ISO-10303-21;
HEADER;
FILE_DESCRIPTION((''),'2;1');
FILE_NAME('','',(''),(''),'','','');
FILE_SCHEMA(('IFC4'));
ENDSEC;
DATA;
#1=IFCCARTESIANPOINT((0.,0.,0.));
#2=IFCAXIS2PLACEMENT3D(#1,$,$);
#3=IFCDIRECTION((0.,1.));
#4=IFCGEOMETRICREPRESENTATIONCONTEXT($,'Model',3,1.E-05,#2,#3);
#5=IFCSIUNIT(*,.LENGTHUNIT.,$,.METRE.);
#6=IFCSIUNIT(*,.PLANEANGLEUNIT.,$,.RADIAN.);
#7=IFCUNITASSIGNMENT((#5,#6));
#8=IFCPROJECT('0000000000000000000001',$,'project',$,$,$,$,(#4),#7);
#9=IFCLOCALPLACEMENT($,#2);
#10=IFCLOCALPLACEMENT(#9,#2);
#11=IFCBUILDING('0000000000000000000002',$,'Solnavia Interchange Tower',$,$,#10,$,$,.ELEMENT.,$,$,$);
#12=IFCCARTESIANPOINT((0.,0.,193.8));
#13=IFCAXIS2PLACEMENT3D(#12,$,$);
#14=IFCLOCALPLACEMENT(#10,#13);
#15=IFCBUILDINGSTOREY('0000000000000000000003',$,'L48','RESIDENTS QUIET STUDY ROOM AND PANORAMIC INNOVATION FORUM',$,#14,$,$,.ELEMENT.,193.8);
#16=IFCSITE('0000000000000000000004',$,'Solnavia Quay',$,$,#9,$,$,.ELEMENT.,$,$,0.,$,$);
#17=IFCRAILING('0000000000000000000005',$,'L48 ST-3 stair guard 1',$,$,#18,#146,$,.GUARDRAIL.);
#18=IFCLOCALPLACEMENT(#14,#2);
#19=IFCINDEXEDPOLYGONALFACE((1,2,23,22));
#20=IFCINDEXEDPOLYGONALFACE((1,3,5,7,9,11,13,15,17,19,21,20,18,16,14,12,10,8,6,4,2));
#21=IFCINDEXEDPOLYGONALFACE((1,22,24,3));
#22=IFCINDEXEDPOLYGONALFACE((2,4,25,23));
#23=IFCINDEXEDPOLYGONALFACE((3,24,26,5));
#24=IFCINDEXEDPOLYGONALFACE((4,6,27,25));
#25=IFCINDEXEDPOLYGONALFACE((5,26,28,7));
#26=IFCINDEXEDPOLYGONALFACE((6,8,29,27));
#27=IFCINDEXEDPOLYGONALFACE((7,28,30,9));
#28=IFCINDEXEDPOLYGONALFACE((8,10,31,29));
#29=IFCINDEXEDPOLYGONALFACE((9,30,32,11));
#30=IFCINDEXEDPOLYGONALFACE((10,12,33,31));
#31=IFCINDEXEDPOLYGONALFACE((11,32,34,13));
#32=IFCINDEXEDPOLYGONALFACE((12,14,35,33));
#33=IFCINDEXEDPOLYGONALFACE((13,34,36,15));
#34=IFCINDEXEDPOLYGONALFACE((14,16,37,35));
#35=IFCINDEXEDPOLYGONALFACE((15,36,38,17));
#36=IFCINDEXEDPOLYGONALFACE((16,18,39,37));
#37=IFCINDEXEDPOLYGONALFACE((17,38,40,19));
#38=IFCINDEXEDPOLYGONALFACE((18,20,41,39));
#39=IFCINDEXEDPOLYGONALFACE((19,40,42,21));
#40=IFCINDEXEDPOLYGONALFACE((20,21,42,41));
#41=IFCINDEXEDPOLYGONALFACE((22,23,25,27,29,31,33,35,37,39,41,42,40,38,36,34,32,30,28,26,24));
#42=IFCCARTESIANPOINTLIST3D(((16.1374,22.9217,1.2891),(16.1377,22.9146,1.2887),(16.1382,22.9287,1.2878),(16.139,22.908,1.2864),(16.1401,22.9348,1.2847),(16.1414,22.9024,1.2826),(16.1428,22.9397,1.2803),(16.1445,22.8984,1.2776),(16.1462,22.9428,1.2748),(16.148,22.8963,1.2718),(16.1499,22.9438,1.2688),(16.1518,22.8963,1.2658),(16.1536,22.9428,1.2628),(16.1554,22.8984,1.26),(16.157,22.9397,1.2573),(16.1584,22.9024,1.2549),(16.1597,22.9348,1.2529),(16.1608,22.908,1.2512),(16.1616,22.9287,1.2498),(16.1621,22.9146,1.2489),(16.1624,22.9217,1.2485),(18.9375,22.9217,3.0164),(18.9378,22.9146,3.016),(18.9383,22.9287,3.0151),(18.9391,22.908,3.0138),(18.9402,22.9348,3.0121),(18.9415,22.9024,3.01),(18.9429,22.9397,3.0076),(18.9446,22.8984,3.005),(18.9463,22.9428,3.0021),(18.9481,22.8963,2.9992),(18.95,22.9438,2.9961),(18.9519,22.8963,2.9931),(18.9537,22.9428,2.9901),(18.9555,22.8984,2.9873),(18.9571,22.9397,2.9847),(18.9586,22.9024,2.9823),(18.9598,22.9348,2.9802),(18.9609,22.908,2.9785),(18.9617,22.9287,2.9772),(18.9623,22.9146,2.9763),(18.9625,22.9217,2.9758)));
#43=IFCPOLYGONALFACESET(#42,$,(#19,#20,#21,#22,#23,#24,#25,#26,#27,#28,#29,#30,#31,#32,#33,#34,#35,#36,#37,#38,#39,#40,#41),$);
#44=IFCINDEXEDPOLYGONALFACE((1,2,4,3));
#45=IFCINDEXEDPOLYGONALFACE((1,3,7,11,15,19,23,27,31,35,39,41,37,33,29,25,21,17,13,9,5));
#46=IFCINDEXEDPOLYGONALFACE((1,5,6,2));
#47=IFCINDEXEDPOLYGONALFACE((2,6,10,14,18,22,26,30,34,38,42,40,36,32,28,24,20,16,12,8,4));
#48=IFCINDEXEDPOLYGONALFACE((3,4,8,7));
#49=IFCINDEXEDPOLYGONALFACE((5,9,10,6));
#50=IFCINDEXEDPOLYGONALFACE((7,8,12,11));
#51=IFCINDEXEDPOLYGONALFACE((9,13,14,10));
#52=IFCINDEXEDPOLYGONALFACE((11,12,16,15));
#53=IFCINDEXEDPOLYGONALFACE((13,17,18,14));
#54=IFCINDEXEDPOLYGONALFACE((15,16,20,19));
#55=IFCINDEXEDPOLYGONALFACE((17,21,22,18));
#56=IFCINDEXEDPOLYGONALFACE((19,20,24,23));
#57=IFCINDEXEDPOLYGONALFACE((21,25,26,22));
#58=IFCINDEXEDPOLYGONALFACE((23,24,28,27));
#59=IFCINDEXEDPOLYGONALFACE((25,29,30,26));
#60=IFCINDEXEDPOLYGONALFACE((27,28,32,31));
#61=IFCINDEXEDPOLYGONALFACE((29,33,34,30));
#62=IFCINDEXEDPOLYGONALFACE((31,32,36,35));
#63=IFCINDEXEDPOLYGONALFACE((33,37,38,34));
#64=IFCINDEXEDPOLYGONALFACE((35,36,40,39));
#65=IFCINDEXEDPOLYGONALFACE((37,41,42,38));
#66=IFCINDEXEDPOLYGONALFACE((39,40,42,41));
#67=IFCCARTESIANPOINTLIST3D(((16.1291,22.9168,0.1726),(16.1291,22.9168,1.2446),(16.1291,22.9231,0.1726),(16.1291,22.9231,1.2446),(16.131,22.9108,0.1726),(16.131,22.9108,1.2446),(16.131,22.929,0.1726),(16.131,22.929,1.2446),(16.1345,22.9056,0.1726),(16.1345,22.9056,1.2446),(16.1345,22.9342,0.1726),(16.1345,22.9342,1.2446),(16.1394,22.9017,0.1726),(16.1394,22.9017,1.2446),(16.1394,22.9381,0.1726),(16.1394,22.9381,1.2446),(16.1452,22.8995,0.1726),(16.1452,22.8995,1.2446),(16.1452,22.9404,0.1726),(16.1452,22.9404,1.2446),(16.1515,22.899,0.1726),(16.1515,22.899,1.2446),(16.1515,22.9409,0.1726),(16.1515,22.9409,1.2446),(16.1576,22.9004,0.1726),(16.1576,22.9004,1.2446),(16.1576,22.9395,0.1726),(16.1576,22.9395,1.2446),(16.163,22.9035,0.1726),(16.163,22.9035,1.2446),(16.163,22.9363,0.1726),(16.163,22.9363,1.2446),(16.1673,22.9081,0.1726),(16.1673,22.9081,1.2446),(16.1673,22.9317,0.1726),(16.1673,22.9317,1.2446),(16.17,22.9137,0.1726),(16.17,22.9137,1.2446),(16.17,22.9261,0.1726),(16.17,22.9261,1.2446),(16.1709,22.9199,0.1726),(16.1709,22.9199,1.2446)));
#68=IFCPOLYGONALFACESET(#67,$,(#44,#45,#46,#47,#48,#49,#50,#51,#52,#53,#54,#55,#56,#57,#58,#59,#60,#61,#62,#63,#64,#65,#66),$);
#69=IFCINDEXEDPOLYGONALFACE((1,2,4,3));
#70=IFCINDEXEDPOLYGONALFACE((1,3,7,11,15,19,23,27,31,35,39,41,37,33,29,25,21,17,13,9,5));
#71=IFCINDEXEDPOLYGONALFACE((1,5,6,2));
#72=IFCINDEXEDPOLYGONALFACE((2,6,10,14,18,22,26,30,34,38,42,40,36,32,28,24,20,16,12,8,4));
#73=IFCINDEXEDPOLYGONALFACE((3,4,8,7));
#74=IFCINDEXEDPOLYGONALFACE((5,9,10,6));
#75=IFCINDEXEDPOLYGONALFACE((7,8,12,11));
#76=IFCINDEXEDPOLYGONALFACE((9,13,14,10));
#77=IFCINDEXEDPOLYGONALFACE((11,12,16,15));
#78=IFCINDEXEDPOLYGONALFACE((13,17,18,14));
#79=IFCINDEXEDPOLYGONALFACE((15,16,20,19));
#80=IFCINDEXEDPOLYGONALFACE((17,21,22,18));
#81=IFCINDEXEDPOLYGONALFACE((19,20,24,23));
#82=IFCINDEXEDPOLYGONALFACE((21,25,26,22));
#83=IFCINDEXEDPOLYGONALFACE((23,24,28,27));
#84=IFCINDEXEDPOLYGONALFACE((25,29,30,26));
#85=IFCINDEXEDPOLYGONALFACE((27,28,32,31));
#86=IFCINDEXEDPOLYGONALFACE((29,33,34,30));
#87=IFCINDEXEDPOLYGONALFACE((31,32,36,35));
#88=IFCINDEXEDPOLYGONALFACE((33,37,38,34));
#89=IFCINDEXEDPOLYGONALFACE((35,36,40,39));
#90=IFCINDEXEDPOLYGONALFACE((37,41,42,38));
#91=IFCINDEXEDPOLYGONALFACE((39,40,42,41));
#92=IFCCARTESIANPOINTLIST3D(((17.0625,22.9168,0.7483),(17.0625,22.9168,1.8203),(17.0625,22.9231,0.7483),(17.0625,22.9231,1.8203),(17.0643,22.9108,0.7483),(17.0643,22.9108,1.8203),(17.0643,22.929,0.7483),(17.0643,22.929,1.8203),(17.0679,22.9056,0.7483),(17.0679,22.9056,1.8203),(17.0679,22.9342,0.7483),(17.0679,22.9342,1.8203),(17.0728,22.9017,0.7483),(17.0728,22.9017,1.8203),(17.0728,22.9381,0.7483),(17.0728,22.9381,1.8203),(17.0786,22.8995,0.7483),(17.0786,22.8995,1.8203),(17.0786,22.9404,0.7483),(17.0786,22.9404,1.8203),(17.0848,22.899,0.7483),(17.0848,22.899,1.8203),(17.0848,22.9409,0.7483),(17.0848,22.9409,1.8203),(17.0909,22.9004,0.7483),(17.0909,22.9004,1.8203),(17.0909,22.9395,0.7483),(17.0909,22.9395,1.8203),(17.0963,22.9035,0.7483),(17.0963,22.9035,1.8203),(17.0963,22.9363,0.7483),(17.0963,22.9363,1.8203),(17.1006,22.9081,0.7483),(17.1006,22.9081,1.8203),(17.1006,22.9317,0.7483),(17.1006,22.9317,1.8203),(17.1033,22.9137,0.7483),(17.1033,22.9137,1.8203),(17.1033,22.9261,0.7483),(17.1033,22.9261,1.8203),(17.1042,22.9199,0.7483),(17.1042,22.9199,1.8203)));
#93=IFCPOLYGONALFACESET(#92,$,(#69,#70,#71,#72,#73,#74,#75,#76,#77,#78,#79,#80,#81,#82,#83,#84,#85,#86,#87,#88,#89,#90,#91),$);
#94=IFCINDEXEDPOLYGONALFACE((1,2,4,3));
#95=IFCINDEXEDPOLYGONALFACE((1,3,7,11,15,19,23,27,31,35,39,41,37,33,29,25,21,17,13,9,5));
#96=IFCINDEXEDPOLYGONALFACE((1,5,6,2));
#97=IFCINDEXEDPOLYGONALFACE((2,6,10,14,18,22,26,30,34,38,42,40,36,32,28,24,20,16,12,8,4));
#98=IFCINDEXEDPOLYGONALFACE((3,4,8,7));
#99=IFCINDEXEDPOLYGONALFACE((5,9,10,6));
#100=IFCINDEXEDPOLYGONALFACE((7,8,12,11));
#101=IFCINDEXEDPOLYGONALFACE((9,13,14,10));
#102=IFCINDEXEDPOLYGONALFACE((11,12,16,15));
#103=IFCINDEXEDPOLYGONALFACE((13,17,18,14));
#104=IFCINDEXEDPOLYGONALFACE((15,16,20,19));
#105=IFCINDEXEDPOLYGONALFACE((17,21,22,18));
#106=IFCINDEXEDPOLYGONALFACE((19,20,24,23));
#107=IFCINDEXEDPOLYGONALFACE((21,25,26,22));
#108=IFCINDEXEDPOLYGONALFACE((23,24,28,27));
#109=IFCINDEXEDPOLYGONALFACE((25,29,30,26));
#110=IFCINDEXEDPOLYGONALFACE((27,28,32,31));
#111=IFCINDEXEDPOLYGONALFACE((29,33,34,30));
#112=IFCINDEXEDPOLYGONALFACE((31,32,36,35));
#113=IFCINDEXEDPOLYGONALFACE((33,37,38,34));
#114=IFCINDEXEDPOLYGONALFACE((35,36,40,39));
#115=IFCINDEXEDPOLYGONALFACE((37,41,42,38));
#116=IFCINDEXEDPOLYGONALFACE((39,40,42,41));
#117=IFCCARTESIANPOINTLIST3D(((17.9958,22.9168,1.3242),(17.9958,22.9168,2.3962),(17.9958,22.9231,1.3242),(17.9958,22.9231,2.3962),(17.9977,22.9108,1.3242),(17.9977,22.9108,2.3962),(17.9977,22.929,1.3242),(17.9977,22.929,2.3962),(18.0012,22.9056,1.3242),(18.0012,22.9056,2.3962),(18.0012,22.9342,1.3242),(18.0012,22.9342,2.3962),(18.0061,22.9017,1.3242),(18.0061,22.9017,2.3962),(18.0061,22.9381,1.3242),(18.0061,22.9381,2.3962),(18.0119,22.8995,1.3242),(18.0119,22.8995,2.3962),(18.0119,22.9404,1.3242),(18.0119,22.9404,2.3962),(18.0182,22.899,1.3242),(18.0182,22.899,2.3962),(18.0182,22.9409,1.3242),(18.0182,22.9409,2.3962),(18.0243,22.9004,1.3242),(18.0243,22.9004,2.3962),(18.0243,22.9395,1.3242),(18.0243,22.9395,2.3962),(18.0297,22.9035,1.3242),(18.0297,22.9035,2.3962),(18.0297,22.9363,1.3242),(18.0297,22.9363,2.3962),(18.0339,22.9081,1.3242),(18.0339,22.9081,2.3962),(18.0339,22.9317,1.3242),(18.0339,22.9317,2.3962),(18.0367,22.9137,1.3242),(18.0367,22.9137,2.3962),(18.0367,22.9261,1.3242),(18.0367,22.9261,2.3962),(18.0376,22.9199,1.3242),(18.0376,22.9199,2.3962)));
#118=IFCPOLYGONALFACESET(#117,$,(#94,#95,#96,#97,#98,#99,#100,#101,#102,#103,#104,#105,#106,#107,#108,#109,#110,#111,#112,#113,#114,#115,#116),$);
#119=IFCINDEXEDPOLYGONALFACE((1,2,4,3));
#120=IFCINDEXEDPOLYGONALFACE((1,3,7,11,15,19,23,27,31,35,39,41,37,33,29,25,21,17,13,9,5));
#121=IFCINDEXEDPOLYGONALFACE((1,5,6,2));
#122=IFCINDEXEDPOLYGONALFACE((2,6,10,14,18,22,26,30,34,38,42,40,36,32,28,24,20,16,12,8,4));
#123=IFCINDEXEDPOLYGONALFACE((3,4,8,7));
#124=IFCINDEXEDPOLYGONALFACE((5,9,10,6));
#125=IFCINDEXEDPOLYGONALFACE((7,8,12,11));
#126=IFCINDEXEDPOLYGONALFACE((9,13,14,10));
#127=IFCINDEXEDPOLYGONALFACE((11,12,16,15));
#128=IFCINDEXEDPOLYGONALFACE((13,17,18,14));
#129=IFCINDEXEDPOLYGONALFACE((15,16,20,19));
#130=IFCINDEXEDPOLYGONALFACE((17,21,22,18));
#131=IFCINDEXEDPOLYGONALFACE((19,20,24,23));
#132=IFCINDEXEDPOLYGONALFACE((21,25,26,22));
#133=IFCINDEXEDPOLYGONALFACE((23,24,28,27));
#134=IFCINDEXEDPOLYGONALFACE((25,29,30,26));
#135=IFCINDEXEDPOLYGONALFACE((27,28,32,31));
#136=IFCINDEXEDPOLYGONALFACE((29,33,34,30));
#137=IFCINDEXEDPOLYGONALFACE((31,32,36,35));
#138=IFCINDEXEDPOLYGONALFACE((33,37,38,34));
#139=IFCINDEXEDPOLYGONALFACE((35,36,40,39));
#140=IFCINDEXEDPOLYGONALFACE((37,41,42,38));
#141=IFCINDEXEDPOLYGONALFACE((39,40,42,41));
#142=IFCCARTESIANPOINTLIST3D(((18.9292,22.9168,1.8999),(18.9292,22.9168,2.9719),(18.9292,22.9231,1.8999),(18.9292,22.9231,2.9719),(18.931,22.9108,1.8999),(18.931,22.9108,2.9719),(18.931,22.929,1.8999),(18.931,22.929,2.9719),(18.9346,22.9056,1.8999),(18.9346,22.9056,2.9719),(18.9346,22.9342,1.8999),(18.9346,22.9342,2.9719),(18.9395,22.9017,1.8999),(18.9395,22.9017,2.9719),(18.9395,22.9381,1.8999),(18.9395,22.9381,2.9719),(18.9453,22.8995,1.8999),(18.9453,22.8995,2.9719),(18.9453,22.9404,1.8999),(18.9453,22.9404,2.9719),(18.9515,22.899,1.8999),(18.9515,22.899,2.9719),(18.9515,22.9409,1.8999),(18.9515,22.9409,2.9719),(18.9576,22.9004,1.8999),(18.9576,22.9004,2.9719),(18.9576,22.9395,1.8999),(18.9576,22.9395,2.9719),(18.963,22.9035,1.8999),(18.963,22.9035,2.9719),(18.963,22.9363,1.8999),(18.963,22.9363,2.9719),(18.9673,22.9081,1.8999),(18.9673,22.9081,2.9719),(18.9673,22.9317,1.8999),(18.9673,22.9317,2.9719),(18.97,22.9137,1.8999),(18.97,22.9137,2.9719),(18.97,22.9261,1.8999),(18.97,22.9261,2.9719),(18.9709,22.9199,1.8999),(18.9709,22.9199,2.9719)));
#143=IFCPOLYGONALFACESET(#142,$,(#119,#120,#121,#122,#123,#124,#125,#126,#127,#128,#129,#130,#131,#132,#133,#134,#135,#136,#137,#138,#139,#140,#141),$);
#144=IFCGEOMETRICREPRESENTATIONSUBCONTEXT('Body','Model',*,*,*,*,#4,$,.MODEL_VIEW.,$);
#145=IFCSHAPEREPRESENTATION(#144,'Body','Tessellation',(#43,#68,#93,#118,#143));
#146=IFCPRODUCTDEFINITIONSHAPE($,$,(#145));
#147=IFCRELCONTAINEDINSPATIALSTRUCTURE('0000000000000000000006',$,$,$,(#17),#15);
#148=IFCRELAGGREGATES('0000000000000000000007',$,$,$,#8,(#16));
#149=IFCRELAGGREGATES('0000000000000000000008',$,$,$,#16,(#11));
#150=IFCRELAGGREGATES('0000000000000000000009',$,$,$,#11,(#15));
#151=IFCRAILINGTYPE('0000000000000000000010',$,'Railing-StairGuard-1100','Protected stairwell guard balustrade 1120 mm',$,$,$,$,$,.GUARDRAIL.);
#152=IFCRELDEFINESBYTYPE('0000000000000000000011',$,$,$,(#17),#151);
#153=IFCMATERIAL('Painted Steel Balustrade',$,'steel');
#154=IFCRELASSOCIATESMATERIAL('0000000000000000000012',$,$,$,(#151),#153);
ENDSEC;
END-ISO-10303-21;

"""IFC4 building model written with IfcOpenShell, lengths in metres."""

from ifc_helpers import new_model, si_unit, direction, frame, origin, origin_2d, place, context, subcontext, project, spatial, circle, extrude, material, type_object, element, save


model = new_model("IFC4")

# Units and contexts
model_context = context("Model", 3, precision=1e-05, world=origin(), true_north=direction((0.0, 1.0)))
body_context = subcontext(model_context, "Body", "Model", "MODEL_VIEW")
ifc_project = project(units=[si_unit("LENGTHUNIT", "METRE"), si_unit("PLANEANGLEUNIT", "RADIAN")], contexts=[model_context])

# Site, building, storey
site_placement = place(None, origin())
site = spatial("IfcSite", under=ifc_project, at=site_placement, Name="Solnavia Quay", CompositionType="ELEMENT", RefElevation=0.0)
building_placement = place(site_placement, origin())
building = spatial("IfcBuilding", under=site, at=building_placement, Name="Solnavia Interchange Tower", CompositionType="ELEMENT")
storey_placement = place(building_placement, frame((0.0, 0.0, 193.8)))
storey = spatial("IfcBuildingStorey", under=building, at=storey_placement, Name="L48", Description="RESIDENTS QUIET STUDY ROOM AND PANORAMIC INNOVATION FORUM", CompositionType="ELEMENT", Elevation=193.8)

# Railing
ifc_material_1 = material(Name="Painted Steel Balustrade", Category="steel")
railing_type_1 = type_object("IfcRailingType", Name="Railing-StairGuard-1100", Description="Protected stairwell guard balustrade 1120 mm", PredefinedType="GUARDRAIL", material=ifc_material_1)
railing_1_placement = place(storey_placement, frame((16.1499, 22.9199, 0.1726)))
element("IfcRailing", 1, at=railing_1_placement, inside=storey, type_object=railing_type_1, Name="L48 ST-3 stair guard 1", PredefinedType="GUARDRAIL", context=body_context, shape_type="SweptSolid", body=[
    extrude(circle(Radius=0.0239, at=origin_2d()), frame((0.0, 0.0, 1.0962), z_axis=(0.85109, 0.0, 0.52502), x_axis=(0.0, 1.0, 0.0)), (0.0, 0.0, 1.0), 3.29),
    extrude(circle(Radius=0.021, at=origin_2d()), origin(), (0.0, 0.0, 1.0), 1.072),
    extrude(circle(Radius=0.021, at=origin_2d()), frame((0.9333, 0.0, 0.5757)), (0.0, 0.0, 1.0), 1.072),
    extrude(circle(Radius=0.021, at=origin_2d()), frame((1.8667, 0.0, 1.1516)), (0.0, 0.0, 1.0), 1.072),
    extrude(circle(Radius=0.021, at=origin_2d()), frame((2.8, 0.0, 1.7273)), (0.0, 0.0, 1.0), 1.072),
])

save(model, "model.ifc")
